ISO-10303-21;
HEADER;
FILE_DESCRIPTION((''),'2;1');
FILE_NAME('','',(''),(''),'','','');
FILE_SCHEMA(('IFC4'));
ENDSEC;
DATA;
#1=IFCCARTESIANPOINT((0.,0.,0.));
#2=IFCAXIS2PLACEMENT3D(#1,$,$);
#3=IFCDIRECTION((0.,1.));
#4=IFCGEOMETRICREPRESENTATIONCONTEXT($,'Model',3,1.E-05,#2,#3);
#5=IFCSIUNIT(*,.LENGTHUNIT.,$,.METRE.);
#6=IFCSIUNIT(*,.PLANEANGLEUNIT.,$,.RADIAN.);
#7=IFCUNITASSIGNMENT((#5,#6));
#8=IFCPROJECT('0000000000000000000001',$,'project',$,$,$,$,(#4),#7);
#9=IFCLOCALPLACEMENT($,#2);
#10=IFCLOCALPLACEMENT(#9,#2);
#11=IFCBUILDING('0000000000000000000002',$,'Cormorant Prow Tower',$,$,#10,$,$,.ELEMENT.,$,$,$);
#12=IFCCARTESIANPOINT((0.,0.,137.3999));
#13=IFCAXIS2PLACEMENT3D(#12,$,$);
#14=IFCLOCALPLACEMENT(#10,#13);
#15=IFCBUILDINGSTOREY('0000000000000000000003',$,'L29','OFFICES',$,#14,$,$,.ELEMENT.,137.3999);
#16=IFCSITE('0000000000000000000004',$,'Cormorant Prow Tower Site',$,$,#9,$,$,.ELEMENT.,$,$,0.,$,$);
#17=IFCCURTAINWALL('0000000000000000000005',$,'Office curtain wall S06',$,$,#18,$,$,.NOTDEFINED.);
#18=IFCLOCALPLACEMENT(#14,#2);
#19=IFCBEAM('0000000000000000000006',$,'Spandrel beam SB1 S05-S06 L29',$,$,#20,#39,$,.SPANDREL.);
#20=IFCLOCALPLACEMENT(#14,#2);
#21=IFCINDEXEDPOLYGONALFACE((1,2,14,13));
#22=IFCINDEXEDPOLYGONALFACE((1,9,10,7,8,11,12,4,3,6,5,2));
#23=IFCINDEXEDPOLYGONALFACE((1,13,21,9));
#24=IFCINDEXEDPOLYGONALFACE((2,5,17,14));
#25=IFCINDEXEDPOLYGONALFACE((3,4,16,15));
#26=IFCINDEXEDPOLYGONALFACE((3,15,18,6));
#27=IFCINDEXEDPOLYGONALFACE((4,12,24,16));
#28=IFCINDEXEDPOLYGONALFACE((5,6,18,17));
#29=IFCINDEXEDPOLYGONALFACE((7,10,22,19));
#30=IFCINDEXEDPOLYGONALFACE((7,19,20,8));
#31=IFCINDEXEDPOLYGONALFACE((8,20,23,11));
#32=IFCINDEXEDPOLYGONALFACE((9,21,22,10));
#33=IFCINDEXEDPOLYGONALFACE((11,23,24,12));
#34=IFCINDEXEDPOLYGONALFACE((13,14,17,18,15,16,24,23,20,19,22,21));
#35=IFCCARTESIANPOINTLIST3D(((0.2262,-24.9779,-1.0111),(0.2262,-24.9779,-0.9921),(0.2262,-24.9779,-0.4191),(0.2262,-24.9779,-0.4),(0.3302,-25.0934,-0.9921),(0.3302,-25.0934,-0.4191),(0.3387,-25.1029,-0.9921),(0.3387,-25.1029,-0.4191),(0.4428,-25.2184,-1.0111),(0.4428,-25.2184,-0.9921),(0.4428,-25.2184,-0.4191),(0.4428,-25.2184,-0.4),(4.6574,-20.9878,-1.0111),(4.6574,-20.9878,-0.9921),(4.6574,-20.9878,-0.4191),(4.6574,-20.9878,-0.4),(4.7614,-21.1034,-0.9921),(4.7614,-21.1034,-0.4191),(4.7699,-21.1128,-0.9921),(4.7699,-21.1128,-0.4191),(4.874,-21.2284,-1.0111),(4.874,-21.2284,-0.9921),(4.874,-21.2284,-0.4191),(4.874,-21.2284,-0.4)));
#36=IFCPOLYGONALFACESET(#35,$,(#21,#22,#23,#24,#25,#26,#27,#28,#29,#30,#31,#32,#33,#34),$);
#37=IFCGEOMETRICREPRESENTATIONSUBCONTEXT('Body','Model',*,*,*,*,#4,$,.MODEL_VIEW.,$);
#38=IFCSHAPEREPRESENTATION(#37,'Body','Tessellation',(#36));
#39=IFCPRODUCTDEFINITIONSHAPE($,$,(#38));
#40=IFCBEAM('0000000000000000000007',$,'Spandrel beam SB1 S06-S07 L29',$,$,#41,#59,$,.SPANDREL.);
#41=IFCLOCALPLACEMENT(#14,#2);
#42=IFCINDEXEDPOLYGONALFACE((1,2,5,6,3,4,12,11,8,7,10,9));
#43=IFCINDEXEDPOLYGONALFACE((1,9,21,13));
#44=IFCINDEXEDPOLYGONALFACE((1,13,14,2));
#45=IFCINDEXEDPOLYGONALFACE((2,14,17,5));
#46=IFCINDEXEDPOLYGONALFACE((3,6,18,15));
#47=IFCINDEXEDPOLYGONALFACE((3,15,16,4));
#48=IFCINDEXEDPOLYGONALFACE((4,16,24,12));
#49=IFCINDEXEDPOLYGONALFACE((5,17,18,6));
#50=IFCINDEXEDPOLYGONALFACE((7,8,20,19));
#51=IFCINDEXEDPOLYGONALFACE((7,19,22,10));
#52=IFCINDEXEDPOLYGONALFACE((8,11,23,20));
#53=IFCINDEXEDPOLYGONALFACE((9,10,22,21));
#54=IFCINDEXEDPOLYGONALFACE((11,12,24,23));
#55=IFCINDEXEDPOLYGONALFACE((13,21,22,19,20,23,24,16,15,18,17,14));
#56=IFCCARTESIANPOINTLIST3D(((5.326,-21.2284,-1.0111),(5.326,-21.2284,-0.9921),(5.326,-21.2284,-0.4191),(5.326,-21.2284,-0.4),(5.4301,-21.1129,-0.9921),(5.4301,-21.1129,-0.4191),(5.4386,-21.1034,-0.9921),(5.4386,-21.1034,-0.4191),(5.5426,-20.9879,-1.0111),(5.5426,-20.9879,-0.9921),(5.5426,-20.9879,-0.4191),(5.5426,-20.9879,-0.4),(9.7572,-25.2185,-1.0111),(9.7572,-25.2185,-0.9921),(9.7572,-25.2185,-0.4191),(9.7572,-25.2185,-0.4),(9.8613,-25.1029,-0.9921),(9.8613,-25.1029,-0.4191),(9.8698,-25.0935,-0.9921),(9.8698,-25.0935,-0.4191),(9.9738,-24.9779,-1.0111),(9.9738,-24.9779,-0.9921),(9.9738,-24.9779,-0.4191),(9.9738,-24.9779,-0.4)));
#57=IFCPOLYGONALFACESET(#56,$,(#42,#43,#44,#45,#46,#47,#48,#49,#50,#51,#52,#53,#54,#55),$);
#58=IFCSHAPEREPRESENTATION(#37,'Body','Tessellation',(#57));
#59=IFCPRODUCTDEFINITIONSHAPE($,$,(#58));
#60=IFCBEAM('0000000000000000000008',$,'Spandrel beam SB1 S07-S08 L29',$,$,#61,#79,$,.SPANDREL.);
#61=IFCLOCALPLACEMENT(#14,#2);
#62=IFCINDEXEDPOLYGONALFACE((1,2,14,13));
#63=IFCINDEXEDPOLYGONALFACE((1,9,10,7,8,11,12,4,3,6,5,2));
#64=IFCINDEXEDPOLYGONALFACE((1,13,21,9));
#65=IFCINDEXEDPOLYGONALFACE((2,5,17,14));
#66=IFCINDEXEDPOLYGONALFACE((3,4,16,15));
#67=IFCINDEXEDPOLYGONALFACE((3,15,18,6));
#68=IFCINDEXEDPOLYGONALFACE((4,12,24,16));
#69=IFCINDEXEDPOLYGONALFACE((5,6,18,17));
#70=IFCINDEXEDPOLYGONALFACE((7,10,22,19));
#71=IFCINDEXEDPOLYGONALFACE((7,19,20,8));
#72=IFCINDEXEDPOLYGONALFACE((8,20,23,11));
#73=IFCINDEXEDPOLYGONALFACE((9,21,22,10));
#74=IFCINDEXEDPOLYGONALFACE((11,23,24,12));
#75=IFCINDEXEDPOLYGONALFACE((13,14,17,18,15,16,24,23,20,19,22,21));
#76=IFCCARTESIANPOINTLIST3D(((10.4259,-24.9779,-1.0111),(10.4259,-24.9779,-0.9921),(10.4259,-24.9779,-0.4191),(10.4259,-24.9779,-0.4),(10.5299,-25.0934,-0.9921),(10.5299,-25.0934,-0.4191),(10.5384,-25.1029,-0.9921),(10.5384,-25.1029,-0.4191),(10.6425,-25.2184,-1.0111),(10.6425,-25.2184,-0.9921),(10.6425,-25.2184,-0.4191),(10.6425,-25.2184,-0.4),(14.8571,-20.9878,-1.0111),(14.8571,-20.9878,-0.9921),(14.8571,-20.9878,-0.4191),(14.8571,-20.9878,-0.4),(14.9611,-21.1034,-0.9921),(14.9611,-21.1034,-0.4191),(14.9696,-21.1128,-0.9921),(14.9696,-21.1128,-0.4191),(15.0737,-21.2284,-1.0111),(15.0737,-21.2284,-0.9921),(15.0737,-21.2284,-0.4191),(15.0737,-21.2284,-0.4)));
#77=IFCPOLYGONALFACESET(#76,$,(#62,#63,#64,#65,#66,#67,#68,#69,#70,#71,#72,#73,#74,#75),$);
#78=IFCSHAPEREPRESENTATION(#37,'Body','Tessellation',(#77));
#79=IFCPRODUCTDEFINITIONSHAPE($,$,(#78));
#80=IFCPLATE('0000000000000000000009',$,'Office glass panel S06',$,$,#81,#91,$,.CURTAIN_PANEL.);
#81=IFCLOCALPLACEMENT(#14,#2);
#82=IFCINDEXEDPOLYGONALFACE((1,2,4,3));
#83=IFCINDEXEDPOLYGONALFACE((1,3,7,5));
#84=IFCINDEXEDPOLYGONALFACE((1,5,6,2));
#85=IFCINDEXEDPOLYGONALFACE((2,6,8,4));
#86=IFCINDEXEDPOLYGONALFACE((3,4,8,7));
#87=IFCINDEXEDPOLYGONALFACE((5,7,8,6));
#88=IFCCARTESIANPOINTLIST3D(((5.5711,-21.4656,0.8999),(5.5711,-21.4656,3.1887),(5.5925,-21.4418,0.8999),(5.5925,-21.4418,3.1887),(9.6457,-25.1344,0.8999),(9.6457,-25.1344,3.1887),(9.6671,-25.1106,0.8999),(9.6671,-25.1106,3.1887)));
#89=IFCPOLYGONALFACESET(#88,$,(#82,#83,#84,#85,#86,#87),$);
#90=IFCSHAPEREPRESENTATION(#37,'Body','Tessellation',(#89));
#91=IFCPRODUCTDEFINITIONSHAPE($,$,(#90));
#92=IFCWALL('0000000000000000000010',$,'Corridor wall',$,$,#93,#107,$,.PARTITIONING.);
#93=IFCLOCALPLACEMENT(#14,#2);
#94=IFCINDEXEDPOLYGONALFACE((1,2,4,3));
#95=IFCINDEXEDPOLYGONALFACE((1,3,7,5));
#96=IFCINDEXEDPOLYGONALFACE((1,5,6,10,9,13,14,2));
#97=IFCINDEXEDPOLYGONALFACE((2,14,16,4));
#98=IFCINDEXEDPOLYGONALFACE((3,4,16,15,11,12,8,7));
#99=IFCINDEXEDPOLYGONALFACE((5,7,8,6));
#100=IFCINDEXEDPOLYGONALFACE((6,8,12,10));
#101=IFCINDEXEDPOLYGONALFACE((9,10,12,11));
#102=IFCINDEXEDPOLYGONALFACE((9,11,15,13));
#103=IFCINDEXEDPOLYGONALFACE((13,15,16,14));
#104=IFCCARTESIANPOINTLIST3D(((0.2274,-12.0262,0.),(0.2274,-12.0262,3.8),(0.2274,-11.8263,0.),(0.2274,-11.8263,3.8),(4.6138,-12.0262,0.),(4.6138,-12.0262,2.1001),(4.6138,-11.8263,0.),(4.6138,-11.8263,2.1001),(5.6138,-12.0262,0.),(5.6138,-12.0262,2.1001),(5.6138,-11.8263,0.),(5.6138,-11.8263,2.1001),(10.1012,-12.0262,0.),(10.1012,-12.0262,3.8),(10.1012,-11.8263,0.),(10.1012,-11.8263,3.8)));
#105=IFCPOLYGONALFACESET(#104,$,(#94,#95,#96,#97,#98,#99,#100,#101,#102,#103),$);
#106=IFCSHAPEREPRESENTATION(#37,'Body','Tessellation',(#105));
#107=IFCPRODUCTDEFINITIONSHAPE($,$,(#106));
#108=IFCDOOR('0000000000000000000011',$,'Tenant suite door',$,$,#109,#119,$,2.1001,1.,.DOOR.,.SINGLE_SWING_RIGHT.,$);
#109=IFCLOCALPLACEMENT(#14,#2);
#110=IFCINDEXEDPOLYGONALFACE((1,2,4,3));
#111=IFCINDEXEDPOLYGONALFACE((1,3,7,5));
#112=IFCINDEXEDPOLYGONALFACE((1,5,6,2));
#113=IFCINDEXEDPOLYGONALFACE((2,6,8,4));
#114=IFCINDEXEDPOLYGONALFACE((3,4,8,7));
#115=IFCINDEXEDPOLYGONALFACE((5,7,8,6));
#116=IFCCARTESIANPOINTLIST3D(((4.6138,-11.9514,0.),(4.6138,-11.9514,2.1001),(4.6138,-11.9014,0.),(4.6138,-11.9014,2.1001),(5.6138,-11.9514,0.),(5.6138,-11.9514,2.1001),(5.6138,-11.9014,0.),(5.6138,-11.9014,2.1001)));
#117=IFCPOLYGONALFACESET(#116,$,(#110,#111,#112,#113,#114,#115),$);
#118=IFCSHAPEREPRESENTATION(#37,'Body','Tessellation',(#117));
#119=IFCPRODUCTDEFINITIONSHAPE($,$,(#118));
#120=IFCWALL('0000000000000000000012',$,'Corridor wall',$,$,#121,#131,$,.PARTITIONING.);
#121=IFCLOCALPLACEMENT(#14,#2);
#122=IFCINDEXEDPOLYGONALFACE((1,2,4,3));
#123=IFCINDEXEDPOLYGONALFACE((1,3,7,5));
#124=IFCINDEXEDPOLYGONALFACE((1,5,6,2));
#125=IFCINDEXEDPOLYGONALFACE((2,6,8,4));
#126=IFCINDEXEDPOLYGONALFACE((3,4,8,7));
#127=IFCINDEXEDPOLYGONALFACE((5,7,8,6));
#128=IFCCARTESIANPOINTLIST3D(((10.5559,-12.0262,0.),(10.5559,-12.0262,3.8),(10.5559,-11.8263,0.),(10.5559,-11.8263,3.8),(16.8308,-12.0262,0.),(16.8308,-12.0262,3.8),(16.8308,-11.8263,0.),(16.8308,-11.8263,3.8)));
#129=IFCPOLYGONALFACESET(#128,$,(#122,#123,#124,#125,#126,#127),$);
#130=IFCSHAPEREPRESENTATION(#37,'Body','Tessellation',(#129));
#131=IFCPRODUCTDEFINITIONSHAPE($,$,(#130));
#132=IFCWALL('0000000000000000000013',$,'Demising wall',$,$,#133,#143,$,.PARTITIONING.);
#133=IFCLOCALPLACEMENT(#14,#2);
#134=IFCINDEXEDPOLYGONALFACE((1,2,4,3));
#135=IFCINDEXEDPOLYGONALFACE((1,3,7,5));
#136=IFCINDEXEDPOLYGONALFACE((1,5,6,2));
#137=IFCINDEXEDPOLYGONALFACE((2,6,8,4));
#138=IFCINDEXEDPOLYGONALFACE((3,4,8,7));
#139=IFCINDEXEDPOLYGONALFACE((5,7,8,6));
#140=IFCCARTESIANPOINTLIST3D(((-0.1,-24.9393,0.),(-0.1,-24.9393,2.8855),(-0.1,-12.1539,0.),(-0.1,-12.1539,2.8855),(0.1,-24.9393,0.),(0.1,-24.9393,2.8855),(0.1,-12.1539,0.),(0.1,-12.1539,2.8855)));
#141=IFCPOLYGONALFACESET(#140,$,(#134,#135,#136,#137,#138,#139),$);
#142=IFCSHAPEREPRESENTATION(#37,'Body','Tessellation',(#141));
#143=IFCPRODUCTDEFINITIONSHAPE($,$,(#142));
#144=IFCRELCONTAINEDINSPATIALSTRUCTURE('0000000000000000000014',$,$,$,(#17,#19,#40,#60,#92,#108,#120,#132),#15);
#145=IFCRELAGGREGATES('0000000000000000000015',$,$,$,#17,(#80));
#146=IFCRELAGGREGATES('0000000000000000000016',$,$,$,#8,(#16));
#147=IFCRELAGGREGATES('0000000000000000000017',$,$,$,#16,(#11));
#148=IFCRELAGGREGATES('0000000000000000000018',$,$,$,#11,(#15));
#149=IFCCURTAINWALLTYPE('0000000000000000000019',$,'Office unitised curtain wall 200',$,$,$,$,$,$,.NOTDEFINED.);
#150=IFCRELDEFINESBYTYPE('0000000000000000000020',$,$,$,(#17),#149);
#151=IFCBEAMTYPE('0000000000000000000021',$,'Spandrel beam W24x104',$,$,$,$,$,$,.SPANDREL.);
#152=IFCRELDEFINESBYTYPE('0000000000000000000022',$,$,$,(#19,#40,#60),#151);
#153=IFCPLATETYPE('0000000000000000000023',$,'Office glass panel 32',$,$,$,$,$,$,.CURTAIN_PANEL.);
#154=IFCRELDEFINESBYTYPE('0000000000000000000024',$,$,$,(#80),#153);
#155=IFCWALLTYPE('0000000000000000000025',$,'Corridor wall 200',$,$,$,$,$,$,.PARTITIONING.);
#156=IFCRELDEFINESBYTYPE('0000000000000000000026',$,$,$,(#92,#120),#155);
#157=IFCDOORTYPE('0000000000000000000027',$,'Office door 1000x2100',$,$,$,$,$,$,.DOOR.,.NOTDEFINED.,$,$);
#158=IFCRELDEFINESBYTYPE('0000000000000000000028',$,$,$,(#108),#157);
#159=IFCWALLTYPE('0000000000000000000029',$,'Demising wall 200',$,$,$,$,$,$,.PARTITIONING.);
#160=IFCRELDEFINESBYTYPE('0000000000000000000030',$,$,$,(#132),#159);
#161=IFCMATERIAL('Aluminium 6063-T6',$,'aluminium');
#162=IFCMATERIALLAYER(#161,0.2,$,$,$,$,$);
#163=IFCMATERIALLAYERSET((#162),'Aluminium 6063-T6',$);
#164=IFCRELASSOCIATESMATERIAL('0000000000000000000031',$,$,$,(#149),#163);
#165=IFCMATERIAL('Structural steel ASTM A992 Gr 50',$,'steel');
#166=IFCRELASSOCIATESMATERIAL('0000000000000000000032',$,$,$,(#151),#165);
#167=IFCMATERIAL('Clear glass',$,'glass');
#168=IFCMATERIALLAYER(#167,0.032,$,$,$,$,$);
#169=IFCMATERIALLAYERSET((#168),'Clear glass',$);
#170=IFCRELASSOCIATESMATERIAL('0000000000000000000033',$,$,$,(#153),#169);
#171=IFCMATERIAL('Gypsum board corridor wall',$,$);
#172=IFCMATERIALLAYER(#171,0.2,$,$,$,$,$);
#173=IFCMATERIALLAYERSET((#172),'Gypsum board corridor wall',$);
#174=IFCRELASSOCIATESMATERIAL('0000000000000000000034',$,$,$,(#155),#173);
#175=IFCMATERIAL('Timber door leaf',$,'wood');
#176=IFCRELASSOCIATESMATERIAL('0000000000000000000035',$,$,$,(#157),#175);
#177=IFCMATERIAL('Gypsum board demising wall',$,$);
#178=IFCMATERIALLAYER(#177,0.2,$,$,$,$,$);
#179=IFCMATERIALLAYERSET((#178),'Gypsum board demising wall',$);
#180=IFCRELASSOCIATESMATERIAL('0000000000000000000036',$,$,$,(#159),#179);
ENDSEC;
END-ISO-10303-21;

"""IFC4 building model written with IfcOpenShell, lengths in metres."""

from ifc_helpers import new_model, si_unit, direction, frame, frame_2d, origin, origin_2d, place, context, subcontext, project, spatial, rectangle, i_section, extrude, material, layer, layer_set, material_profile, profile_set, type_object, element, fill, aggregate, save


model = new_model("IFC4")

# Units and contexts
model_context = context("Model", 3, precision=1e-05, world=origin(), true_north=direction((0.0, 1.0)))
body_context = subcontext(model_context, "Body", "Model", "MODEL_VIEW")
ifc_project = project(units=[si_unit("LENGTHUNIT", "METRE"), si_unit("PLANEANGLEUNIT", "RADIAN")], contexts=[model_context])

# Site, building, storey
site_placement = place(None, origin())
site = spatial("IfcSite", under=ifc_project, at=site_placement, Name="Cormorant Prow Tower Site", CompositionType="ELEMENT", RefElevation=0.0)
building_placement = place(site_placement, origin())
building = spatial("IfcBuilding", under=site, at=building_placement, Name="Cormorant Prow Tower", CompositionType="ELEMENT")
storey_placement = place(building_placement, frame((0.0, 0.0, 137.3999)))
storey = spatial("IfcBuildingStorey", under=building, at=storey_placement, Name="L29", Description="OFFICES", CompositionType="ELEMENT", Elevation=137.3999)

# Curtain wall
ifc_material_1 = material(Name="Aluminium 6063-T6", Category="aluminium")
ifc_layer_1 = layer(ifc_material_1, 0.2)
ifc_layer_set_1 = layer_set([ifc_layer_1], Name="Aluminium 6063-T6")
curtain_wall_type = type_object("IfcCurtainWallType", Name="Office unitised curtain wall 200", PredefinedType="NOTDEFINED", material=ifc_layer_set_1)
curtain_wall_placement = place(storey_placement, origin())
curtain_wall = element("IfcCurtainWall", 1, at=curtain_wall_placement, inside=storey, type_object=curtain_wall_type, Name="Office curtain wall S06", PredefinedType="NOTDEFINED")

# Beams
ifc_material_2 = material(Name="Structural steel ASTM A992 Gr 50", Category="steel")
ifc_material_profile_1 = material_profile(ifc_material_2, i_section(OverallWidth=0.3237, OverallDepth=0.6111, WebThickness=0.0127, FlangeThickness=0.019, at=origin_2d()), Name="W24x104")
ifc_profile_set_1 = profile_set([ifc_material_profile_1], Name="Structural steel ASTM A992 Gr 50")
beam_type_1 = type_object("IfcBeamType", Name="Spandrel beam W24x104", PredefinedType="SPANDREL", material=ifc_profile_set_1)
for number, where, z_axis, x_axis, name in (
    (2, (0.3345, -25.0981, -0.7056), (0.743131, 0.669146, 0.0), (-0.669146, 0.743131, 0.0), "Spandrel beam SB1 S05-S06 L29"),
    (3, (5.4343, -21.1082, -0.7056), (0.743131, -0.669146, 0.0), (0.669146, 0.743131, 0.0), "Spandrel beam SB1 S06-S07 L29"),
    (4, (10.5342, -25.0981, -0.7056), (0.743131, 0.669146, 0.0), (-0.669146, 0.743131, 0.0), "Spandrel beam SB1 S07-S08 L29"),
):
    element("IfcBeam", number, at=place(storey_placement, frame(where, z_axis=z_axis, x_axis=x_axis)), inside=storey, type_object=beam_type_1, Name=name, PredefinedType="SPANDREL", context=body_context, shape_type="SweptSolid", body=[
        extrude(i_section(OverallWidth=0.3237, OverallDepth=0.6111, WebThickness=0.0127, FlangeThickness=0.019, at=origin_2d()), origin(), (0.0, 0.0, 1.0), 5.9629),
    ])

# Plate
ifc_material_3 = material(Name="Clear glass", Category="glass")
ifc_layer_2 = layer(ifc_material_3, 0.032)
ifc_layer_set_2 = layer_set([ifc_layer_2], Name="Clear glass")
plate_type = type_object("IfcPlateType", Name="Office glass panel 32", PredefinedType="CURTAIN_PANEL", material=ifc_layer_set_2)
plate_placement = place(storey_placement, frame((7.6191, -23.2881, 0.8999), z_axis=(0.0, 0.0, 1.0), x_axis=(0.743145, -0.669131, 0.0)))
plate = element("IfcPlate", 5, at=plate_placement, type_object=plate_type, Name="Office glass panel S06", PredefinedType="CURTAIN_PANEL", context=body_context, shape_type="SweptSolid", body=[
    extrude(rectangle(XDim=5.4829, YDim=0.032, at=origin_2d()), origin(), (0.0, 0.0, 1.0), 2.2888),
])
aggregate(curtain_wall, [plate])

# Wall, opening, door
ifc_material_4 = material(Name="Gypsum board corridor wall")
ifc_layer_3 = layer(ifc_material_4, 0.2)
ifc_layer_set_3 = layer_set([ifc_layer_3], Name="Gypsum board corridor wall")
wall_type_1 = type_object("IfcWallType", Name="Corridor wall 200", PredefinedType="PARTITIONING", material=ifc_layer_set_3)
wall_1_placement = place(storey_placement, frame((0.2273, -11.9263, 0.0), z_axis=(0.0, 0.0, 1.0), x_axis=(1.0, 0.0, 0.0)))
wall_1 = element("IfcWall", 6, at=wall_1_placement, inside=storey, type_object=wall_type_1, Name="Corridor wall", PredefinedType="PARTITIONING", context=body_context, shape_type="SweptSolid", body=[
    extrude(rectangle(XDim=9.8738, YDim=0.2, at=frame_2d((4.937, 0.0))), origin(), (0.0, 0.0, 1.0), 3.8),
])
opening_1_placement = place(wall_1_placement, frame((4.3865, 0.0, 0.0)))
opening_1 = element("IfcOpeningElement", 7, at=opening_1_placement, cuts=wall_1, PredefinedType="OPENING", context=body_context, shape_type="SweptSolid", body=[
    extrude(rectangle(XDim=1.0, YDim=2.1001, at=frame_2d((0.5, 1.05))), frame((0.0, 0.1099, 0.0), z_axis=(0.0, -1.0, 0.0), x_axis=(1.0, 0.0, 0.0)), (0.0, 0.0, 1.0), 0.22),
])
ifc_material_5 = material(Name="Timber door leaf", Category="wood")
door_type_1 = type_object("IfcDoorType", Name="Office door 1000x2100", OperationType="NOTDEFINED", PredefinedType="DOOR", material=ifc_material_5)
door_1_placement = place(opening_1_placement, origin())
door_1 = element("IfcDoor", 8, at=door_1_placement, inside=storey, type_object=door_type_1, Name="Tenant suite door", OperationType="SINGLE_SWING_RIGHT", OverallHeight=2.1001, OverallWidth=1.0, PredefinedType="DOOR", context=body_context, shape_type="SweptSolid", body=[
    extrude(rectangle(XDim=1.0, YDim=2.1001, at=frame_2d((0.5, 1.05))), frame((0.0, 0.0249, 0.0), z_axis=(0.0, -1.0, 0.0), x_axis=(1.0, 0.0, 0.0)), (0.0, 0.0, 1.0), 0.05),
])
fill(opening_1, door_1)

# Walls
wall_2_placement = place(storey_placement, frame((10.5559, -11.9263, 0.0), z_axis=(0.0, 0.0, 1.0), x_axis=(1.0, 0.0, 0.0)))
element("IfcWall", 9, at=wall_2_placement, inside=storey, type_object=wall_type_1, Name="Corridor wall", PredefinedType="PARTITIONING", context=body_context, shape_type="SweptSolid", body=[
    extrude(rectangle(XDim=6.2749, YDim=0.2, at=frame_2d((3.1375, 0.0))), origin(), (0.0, 0.0, 1.0), 3.8),
])
ifc_material_6 = material(Name="Gypsum board demising wall")
ifc_layer_4 = layer(ifc_material_6, 0.2)
ifc_layer_set_4 = layer_set([ifc_layer_4], Name="Gypsum board demising wall")
wall_type_2 = type_object("IfcWallType", Name="Demising wall 200", PredefinedType="PARTITIONING", material=ifc_layer_set_4)
wall_3_placement = place(storey_placement, frame((0.0, -24.9392, 0.0), z_axis=(0.0, 0.0, 1.0), x_axis=(0.0, 1.0, 0.0)))
element("IfcWall", 10, at=wall_3_placement, inside=storey, type_object=wall_type_2, Name="Demising wall", PredefinedType="PARTITIONING", context=body_context, shape_type="SweptSolid", body=[
    extrude(rectangle(XDim=12.7854, YDim=0.2, at=frame_2d((6.3926, 0.0))), origin(), (0.0, 0.0, 1.0), 2.8855),
])

save(model, "model.ifc")
